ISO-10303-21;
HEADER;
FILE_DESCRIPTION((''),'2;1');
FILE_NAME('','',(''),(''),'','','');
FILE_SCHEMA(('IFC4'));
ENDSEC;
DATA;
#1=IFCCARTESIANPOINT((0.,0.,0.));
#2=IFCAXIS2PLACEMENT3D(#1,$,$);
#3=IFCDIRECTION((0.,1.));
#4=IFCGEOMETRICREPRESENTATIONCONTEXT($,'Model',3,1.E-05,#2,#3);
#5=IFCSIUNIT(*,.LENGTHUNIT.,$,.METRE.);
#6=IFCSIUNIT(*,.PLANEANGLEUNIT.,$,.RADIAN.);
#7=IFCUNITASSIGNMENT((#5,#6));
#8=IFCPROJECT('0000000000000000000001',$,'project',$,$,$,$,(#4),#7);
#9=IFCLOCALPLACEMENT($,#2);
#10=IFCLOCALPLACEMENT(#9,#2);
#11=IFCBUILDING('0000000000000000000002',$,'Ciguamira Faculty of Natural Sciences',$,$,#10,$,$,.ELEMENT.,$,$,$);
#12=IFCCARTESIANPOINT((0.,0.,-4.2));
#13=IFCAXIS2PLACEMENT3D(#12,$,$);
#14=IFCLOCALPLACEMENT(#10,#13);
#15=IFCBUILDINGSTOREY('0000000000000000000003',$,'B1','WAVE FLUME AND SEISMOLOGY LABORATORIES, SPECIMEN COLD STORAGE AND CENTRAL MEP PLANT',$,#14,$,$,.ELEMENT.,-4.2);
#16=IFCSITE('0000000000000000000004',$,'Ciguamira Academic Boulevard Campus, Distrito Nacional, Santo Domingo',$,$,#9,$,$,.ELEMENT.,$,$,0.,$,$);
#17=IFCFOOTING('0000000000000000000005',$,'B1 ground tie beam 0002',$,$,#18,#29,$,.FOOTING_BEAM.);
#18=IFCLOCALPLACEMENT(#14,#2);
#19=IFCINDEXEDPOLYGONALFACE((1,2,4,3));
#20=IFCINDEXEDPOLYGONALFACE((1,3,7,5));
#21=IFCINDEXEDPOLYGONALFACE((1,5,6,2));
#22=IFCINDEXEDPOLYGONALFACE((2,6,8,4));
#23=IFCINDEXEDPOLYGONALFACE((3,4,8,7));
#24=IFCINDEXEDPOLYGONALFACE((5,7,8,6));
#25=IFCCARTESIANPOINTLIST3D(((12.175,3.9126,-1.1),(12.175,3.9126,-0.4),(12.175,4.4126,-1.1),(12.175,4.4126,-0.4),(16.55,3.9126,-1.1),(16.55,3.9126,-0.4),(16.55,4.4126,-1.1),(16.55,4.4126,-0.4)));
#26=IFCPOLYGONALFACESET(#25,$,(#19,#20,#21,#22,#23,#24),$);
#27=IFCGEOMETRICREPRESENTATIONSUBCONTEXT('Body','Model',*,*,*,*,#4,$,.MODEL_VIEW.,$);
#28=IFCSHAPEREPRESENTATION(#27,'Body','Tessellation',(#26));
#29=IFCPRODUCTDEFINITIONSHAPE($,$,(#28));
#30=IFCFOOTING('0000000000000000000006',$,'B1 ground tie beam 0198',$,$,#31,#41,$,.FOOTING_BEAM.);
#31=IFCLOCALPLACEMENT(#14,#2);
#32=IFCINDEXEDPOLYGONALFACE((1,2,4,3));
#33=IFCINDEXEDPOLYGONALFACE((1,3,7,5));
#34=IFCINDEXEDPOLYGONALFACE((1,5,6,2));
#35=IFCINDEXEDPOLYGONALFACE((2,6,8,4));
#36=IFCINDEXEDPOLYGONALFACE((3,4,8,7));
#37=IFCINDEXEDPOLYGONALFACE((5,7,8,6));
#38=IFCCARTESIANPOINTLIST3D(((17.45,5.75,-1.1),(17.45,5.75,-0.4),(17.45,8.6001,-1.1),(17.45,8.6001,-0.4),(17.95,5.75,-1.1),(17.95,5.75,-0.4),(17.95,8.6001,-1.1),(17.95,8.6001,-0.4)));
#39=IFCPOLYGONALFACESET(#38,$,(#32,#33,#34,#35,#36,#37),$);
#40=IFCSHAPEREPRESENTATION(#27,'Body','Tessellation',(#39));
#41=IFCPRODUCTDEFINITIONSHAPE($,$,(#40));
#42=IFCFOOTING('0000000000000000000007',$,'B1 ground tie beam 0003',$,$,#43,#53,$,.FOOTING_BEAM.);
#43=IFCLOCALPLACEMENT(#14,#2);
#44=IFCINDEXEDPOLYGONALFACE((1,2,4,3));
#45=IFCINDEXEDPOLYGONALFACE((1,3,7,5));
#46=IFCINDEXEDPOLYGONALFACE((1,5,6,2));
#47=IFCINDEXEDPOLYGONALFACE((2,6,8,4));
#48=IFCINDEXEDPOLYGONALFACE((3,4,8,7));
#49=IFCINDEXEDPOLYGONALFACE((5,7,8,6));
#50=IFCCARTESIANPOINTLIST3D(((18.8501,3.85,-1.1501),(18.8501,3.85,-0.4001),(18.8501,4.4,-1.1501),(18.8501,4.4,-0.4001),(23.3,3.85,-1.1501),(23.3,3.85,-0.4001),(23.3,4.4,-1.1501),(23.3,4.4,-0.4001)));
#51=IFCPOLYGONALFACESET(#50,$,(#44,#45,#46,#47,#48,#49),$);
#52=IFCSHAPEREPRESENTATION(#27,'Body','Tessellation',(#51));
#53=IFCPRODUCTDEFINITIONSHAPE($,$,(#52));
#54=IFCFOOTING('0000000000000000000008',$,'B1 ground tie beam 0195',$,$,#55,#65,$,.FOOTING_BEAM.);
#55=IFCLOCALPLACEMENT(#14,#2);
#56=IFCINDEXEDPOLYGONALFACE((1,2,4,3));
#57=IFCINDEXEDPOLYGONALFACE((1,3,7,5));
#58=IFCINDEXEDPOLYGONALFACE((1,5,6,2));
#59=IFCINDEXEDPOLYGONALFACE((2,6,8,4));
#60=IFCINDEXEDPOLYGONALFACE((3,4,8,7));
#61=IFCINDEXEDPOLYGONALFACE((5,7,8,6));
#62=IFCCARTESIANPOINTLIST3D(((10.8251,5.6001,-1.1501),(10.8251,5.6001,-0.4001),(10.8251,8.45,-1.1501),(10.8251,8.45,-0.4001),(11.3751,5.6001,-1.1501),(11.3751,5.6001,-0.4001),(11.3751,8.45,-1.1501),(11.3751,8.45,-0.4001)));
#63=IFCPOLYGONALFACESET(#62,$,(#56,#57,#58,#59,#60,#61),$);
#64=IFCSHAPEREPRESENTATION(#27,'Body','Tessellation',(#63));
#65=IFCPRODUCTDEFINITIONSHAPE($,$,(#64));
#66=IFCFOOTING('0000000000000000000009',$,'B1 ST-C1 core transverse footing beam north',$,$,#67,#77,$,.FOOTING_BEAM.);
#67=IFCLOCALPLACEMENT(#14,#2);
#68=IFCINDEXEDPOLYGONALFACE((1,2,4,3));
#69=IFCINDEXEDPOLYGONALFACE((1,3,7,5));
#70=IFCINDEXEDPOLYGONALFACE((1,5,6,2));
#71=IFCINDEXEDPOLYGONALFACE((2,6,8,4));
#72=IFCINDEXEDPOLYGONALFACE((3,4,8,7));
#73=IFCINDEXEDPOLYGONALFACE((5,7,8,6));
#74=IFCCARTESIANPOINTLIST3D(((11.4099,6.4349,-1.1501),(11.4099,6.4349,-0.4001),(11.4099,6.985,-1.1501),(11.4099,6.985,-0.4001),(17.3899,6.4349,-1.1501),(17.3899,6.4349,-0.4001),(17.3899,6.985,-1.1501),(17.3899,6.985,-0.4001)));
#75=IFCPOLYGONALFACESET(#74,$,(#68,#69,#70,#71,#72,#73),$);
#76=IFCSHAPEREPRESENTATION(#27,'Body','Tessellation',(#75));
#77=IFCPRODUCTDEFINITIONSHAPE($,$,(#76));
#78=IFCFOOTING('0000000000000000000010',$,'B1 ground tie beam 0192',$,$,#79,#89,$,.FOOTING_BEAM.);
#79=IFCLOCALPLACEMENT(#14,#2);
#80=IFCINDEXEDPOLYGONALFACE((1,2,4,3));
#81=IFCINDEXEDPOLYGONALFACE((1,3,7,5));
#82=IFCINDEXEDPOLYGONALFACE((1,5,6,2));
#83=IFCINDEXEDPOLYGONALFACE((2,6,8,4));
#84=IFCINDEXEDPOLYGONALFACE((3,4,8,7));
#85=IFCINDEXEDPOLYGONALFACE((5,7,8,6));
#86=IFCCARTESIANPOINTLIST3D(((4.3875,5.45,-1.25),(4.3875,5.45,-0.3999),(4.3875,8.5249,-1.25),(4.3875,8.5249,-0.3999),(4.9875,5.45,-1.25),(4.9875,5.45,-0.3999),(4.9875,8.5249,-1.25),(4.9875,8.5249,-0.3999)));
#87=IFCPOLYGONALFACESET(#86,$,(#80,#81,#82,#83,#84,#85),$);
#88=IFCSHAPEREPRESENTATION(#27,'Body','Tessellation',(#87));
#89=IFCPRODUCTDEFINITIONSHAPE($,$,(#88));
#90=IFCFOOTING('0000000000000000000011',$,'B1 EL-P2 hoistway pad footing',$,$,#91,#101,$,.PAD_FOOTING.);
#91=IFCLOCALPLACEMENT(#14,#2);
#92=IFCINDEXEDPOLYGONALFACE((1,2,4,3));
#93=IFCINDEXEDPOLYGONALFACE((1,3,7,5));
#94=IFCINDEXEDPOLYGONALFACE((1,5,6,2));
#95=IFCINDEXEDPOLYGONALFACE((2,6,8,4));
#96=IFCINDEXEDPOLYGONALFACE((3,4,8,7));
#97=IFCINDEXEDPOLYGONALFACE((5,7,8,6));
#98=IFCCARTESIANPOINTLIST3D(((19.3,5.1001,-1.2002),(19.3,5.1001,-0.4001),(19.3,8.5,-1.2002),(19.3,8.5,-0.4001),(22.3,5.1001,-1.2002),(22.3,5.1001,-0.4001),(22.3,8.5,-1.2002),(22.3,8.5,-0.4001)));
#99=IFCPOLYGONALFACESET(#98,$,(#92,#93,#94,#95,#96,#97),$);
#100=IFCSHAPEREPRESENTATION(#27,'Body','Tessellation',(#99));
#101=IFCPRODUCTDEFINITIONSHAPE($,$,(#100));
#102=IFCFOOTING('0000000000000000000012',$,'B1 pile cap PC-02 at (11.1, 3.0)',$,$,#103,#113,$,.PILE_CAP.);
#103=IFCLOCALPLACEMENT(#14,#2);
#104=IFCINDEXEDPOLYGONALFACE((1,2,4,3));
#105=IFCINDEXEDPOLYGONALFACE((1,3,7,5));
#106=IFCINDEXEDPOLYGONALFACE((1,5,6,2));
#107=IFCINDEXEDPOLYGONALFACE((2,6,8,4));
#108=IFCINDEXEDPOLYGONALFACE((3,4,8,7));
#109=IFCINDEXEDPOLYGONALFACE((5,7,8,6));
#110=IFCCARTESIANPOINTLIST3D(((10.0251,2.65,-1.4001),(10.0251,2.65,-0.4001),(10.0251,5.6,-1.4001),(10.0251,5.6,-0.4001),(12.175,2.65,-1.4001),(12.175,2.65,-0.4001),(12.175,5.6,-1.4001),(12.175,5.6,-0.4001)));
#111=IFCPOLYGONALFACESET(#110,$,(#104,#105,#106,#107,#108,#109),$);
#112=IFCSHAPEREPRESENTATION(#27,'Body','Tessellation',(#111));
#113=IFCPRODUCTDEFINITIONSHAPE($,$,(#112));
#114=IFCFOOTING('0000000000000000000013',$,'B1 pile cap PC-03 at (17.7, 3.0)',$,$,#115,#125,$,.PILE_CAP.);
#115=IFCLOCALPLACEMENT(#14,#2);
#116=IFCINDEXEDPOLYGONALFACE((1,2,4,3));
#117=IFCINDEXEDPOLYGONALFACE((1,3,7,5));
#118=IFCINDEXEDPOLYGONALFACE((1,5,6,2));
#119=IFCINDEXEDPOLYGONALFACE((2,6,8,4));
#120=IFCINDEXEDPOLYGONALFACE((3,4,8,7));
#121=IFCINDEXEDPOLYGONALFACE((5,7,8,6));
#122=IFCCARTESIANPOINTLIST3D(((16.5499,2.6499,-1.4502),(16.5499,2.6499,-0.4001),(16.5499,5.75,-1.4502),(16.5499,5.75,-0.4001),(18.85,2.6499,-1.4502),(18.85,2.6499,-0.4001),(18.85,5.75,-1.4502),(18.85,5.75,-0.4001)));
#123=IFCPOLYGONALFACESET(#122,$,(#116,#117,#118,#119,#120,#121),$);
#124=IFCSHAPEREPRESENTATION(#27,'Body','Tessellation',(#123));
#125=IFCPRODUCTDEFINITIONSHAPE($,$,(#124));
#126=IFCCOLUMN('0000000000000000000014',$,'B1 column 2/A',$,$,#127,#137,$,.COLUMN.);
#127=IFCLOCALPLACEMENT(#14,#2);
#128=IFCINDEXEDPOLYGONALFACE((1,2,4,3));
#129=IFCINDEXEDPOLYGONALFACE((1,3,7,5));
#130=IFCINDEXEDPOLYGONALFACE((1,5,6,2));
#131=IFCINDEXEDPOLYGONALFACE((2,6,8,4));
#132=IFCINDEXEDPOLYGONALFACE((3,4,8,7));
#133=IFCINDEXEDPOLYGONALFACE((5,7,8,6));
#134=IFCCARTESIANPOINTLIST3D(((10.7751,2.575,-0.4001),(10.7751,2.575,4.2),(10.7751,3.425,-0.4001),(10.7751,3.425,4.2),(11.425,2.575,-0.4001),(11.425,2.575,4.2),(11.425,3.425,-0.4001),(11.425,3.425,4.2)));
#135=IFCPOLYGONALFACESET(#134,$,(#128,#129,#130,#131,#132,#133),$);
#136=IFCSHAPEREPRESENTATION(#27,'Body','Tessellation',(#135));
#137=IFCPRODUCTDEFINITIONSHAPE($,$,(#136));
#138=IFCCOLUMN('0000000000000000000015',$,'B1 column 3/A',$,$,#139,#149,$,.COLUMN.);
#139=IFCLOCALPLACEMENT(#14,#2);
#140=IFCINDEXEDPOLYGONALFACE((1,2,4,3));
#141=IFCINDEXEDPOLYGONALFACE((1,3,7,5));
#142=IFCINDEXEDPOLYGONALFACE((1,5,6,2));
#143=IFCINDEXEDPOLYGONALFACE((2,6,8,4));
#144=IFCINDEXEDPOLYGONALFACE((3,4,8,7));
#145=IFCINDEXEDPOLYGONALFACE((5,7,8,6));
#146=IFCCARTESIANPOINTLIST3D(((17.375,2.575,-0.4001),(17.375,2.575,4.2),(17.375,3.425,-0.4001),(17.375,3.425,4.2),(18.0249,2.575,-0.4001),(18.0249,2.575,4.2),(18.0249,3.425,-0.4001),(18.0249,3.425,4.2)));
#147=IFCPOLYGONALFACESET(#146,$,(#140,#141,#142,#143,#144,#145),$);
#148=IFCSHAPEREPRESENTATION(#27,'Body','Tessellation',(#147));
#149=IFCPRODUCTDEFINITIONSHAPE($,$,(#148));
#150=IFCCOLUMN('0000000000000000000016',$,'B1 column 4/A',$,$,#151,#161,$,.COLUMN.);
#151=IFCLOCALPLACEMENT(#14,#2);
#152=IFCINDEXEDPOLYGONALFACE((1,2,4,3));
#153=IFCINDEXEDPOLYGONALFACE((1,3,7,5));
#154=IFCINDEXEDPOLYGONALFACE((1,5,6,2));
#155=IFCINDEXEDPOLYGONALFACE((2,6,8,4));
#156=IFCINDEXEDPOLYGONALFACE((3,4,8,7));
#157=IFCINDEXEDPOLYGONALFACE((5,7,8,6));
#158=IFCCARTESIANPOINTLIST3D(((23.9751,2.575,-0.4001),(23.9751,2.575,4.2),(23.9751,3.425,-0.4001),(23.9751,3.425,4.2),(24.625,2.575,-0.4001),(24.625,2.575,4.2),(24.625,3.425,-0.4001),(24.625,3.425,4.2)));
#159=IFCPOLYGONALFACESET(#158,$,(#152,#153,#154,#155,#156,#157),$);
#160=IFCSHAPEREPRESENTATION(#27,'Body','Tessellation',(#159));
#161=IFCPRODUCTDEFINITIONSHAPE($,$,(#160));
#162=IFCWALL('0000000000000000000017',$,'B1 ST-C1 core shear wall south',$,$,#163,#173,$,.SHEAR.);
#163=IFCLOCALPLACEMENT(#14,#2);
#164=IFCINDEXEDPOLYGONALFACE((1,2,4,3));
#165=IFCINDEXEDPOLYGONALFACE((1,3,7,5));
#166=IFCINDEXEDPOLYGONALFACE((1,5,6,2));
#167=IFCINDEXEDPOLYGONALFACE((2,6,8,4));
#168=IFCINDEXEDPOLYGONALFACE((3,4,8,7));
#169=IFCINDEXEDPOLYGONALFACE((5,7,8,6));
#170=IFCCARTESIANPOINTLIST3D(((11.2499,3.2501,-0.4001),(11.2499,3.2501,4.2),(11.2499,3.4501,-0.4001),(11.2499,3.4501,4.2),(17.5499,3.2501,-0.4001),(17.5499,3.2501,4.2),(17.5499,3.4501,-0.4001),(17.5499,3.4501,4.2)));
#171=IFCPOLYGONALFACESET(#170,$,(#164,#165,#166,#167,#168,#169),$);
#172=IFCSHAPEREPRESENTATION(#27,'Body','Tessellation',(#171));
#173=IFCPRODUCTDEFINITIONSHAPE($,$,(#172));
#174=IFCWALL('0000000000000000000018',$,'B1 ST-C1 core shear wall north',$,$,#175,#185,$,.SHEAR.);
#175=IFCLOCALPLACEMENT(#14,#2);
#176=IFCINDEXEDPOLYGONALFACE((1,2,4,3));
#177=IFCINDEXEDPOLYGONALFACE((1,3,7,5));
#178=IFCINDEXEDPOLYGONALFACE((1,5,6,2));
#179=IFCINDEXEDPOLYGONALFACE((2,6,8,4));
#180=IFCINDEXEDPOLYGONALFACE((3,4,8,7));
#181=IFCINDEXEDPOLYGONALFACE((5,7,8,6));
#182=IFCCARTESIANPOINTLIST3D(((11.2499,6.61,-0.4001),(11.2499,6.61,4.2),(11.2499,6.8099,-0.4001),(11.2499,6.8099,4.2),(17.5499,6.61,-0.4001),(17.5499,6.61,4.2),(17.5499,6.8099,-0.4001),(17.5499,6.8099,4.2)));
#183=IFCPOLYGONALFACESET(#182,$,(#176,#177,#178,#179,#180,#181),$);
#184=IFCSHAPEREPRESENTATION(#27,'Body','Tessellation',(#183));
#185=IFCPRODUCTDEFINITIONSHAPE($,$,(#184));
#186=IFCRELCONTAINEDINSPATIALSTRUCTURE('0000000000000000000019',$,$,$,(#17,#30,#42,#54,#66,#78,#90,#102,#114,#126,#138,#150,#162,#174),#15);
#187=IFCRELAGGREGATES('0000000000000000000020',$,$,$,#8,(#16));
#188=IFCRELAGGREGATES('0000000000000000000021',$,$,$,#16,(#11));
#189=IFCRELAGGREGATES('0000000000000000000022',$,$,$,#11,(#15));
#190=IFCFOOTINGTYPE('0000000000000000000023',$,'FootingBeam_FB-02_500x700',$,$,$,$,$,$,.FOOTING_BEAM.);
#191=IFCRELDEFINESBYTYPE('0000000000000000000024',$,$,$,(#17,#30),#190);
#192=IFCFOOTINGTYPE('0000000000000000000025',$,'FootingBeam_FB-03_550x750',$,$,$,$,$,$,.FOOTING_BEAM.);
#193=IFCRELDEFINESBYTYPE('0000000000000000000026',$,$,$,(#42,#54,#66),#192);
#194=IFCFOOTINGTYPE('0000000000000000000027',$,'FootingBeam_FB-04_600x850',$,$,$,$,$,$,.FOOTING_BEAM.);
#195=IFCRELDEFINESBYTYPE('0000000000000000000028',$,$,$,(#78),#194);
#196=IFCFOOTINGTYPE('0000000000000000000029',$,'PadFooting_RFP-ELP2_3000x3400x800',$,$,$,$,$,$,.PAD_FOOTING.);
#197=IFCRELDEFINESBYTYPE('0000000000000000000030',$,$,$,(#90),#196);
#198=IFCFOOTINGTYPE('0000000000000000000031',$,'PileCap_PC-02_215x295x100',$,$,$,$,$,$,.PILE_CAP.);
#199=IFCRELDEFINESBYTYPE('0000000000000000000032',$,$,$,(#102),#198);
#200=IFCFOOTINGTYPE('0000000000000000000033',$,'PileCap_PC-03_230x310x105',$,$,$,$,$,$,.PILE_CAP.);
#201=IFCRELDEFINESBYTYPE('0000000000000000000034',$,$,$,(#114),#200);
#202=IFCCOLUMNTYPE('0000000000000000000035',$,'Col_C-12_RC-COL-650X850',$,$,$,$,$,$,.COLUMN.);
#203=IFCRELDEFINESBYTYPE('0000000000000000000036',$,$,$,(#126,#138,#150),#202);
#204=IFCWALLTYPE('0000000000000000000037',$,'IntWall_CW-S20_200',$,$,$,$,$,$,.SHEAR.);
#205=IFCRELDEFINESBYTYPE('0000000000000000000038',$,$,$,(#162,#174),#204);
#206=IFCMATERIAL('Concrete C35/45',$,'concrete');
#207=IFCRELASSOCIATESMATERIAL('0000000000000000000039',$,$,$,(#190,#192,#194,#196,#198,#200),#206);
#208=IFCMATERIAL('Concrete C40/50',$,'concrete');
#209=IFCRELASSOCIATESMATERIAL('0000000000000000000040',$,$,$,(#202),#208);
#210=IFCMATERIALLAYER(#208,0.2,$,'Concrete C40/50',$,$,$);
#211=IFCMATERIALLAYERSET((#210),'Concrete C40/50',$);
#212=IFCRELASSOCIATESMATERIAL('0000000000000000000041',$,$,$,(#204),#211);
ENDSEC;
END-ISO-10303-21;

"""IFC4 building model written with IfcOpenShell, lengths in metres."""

from ifc_helpers import new_model, si_unit, direction, frame, frame_2d, origin, origin_2d, place, context, subcontext, project, spatial, rectangle, extrude, material, layer, layer_set, material_profile, profile_set, type_object, element, save


model = new_model("IFC4")

# Units and contexts
model_context = context("Model", 3, precision=1e-05, world=origin(), true_north=direction((0.0, 1.0)))
body_context = subcontext(model_context, "Body", "Model", "MODEL_VIEW")
ifc_project = project(units=[si_unit("LENGTHUNIT", "METRE"), si_unit("PLANEANGLEUNIT", "RADIAN")], contexts=[model_context])

# Site, building, storey
site_placement = place(None, origin())
site = spatial("IfcSite", under=ifc_project, at=site_placement, Name="Ciguamira Academic Boulevard Campus, Distrito Nacional, Santo Domingo", CompositionType="ELEMENT", RefElevation=0.0)
building_placement = place(site_placement, origin())
building = spatial("IfcBuilding", under=site, at=building_placement, Name="Ciguamira Faculty of Natural Sciences", CompositionType="ELEMENT")
storey_placement = place(building_placement, frame((0.0, 0.0, -4.2)))
storey = spatial("IfcBuildingStorey", under=building, at=storey_placement, Name="B1", Description="WAVE FLUME AND SEISMOLOGY LABORATORIES, SPECIMEN COLD STORAGE AND CENTRAL MEP PLANT", CompositionType="ELEMENT", Elevation=-4.2)

# Shared definitions
ifc_material_1 = material(Name="Concrete C35/45", Category="concrete")

# Footings
ifc_material_profile_1 = material_profile(ifc_material_1, rectangle(XDim=0.5, YDim=0.7, at=origin_2d()), Name="RC-FB-500X700")
ifc_profile_set_1 = profile_set([ifc_material_profile_1], Name="Concrete C35/45")
footing_type_1 = type_object("IfcFootingType", Name="FootingBeam_FB-02_500x700", PredefinedType="FOOTING_BEAM", material=ifc_profile_set_1)
footing_1_placement = place(storey_placement, frame((12.175, 4.1626, -0.75), z_axis=(1.0, 0.0, 0.0), x_axis=(0.0, 1.0, 0.0)))
element("IfcFooting", 1, at=footing_1_placement, inside=storey, type_object=footing_type_1, Name="B1 ground tie beam 0002", PredefinedType="FOOTING_BEAM", context=body_context, shape_type="SweptSolid", body=[
    extrude(rectangle(XDim=0.5, YDim=0.7, at=origin_2d()), origin(), (0.0, 0.0, 1.0), 4.375),
])
footing_2_placement = place(storey_placement, frame((17.7, 5.75, -0.75), z_axis=(0.0, 1.0, 0.0), x_axis=(-1.0, 0.0, 0.0)))
element("IfcFooting", 2, at=footing_2_placement, inside=storey, type_object=footing_type_1, Name="B1 ground tie beam 0198", PredefinedType="FOOTING_BEAM", context=body_context, shape_type="SweptSolid", body=[
    extrude(rectangle(XDim=0.5, YDim=0.7, at=origin_2d()), origin(), (0.0, 0.0, 1.0), 2.8501),
])
ifc_material_profile_2 = material_profile(ifc_material_1, rectangle(XDim=0.55, YDim=0.75, at=origin_2d()), Name="RC-FB-550X750")
ifc_profile_set_2 = profile_set([ifc_material_profile_2], Name="Concrete C35/45")
footing_type_2 = type_object("IfcFootingType", Name="FootingBeam_FB-03_550x750", PredefinedType="FOOTING_BEAM", material=ifc_profile_set_2)
footing_3_placement = place(storey_placement, frame((18.8501, 4.125, -0.7751), z_axis=(1.0, 0.0, 0.0), x_axis=(0.0, 1.0, 0.0)))
element("IfcFooting", 3, at=footing_3_placement, inside=storey, type_object=footing_type_2, Name="B1 ground tie beam 0003", PredefinedType="FOOTING_BEAM", context=body_context, shape_type="SweptSolid", body=[
    extrude(rectangle(XDim=0.55, YDim=0.75, at=origin_2d()), origin(), (0.0, 0.0, 1.0), 4.45),
])
footing_4_placement = place(storey_placement, frame((11.1001, 5.6001, -0.7751), z_axis=(0.0, 1.0, 0.0), x_axis=(-1.0, 0.0, 0.0)))
element("IfcFooting", 4, at=footing_4_placement, inside=storey, type_object=footing_type_2, Name="B1 ground tie beam 0195", PredefinedType="FOOTING_BEAM", context=body_context, shape_type="SweptSolid", body=[
    extrude(rectangle(XDim=0.55, YDim=0.75, at=origin_2d()), origin(), (0.0, 0.0, 1.0), 2.8499),
])
footing_5_placement = place(storey_placement, frame((11.4099, 6.71, -0.7751), z_axis=(1.0, 0.0, 0.0), x_axis=(0.0, 1.0, 0.0)))
element("IfcFooting", 5, at=footing_5_placement, inside=storey, type_object=footing_type_2, Name="B1 ST-C1 core transverse footing beam north", PredefinedType="FOOTING_BEAM", context=body_context, shape_type="SweptSolid", body=[
    extrude(rectangle(XDim=0.55, YDim=0.75, at=origin_2d()), origin(), (0.0, 0.0, 1.0), 5.98),
])
ifc_material_profile_3 = material_profile(ifc_material_1, rectangle(XDim=0.6001, YDim=0.8501, at=origin_2d()), Name="RC-FB-600X850")
ifc_profile_set_3 = profile_set([ifc_material_profile_3], Name="Concrete C35/45")
footing_type_3 = type_object("IfcFootingType", Name="FootingBeam_FB-04_600x850", PredefinedType="FOOTING_BEAM", material=ifc_profile_set_3)
footing_6_placement = place(storey_placement, frame((4.6875, 5.45, -0.825), z_axis=(0.0, 1.0, 0.0), x_axis=(-1.0, 0.0, 0.0)))
element("IfcFooting", 6, at=footing_6_placement, inside=storey, type_object=footing_type_3, Name="B1 ground tie beam 0192", PredefinedType="FOOTING_BEAM", context=body_context, shape_type="SweptSolid", body=[
    extrude(rectangle(XDim=0.6001, YDim=0.8501, at=origin_2d()), origin(), (0.0, 0.0, 1.0), 3.075),
])
footing_type_4 = type_object("IfcFootingType", Name="PadFooting_RFP-ELP2_3000x3400x800", PredefinedType="PAD_FOOTING", material=ifc_material_1)
footing_7_placement = place(storey_placement, frame((20.8, 6.8, -1.2002), z_axis=(0.0, 0.0, 1.0), x_axis=(1.0, 0.0, 0.0)))
element("IfcFooting", 7, at=footing_7_placement, inside=storey, type_object=footing_type_4, Name="B1 EL-P2 hoistway pad footing", PredefinedType="PAD_FOOTING", context=body_context, shape_type="SweptSolid", body=[
    extrude(rectangle(XDim=3.0, YDim=3.3999, at=origin_2d()), origin(), (0.0, 0.0, 1.0), 0.8),
])
footing_type_5 = type_object("IfcFootingType", Name="PileCap_PC-02_215x295x100", PredefinedType="PILE_CAP", material=ifc_material_1)
footing_8_placement = place(storey_placement, frame((11.1001, 4.125, -1.4001), z_axis=(0.0, 0.0, 1.0), x_axis=(1.0, 0.0, 0.0)))
element("IfcFooting", 8, at=footing_8_placement, inside=storey, type_object=footing_type_5, Name="B1 pile cap PC-02 at (11.1, 3.0)", PredefinedType="PILE_CAP", context=body_context, shape_type="SweptSolid", body=[
    extrude(rectangle(XDim=2.1499, YDim=2.95, at=origin_2d()), origin(), (0.0, 0.0, 1.0), 1.0),
])
footing_type_6 = type_object("IfcFootingType", Name="PileCap_PC-03_230x310x105", PredefinedType="PILE_CAP", material=ifc_material_1)
footing_9_placement = place(storey_placement, frame((17.7, 4.2, -1.4502), z_axis=(0.0, 0.0, 1.0), x_axis=(1.0, 0.0, 0.0)))
element("IfcFooting", 9, at=footing_9_placement, inside=storey, type_object=footing_type_6, Name="B1 pile cap PC-03 at (17.7, 3.0)", PredefinedType="PILE_CAP", context=body_context, shape_type="SweptSolid", body=[
    extrude(rectangle(XDim=2.3, YDim=3.1001, at=origin_2d()), origin(), (0.0, 0.0, 1.0), 1.05),
])

# Columns
ifc_material_2 = material(Name="Concrete C40/50", Category="concrete")
ifc_material_profile_4 = material_profile(ifc_material_2, rectangle(XDim=0.6499, YDim=0.8501, at=origin_2d()), Name="RC-COL-650X850")
ifc_profile_set_4 = profile_set([ifc_material_profile_4], Name="Concrete C40/50")
column_type = type_object("IfcColumnType", Name="Col_C-12_RC-COL-650X850", PredefinedType="COLUMN", material=ifc_profile_set_4)
for number, where, z_axis, x_axis, name in (
    (10, (11.1001, 3.0, -0.4001), (0.0, 0.0, 1.0), (1.0, 0.0, 0.0), "B1 column 2/A"),
    (11, (17.7, 3.0, -0.4001), (0.0, 0.0, 1.0), (1.0, 0.0, 0.0), "B1 column 3/A"),
    (12, (24.3, 3.0, -0.4001), (0.0, 0.0, 1.0), (1.0, 0.0, 0.0), "B1 column 4/A"),
):
    element("IfcColumn", number, at=place(storey_placement, frame(where, z_axis=z_axis, x_axis=x_axis)), inside=storey, type_object=column_type, Name=name, PredefinedType="COLUMN", context=body_context, shape_type="SweptSolid", body=[
        extrude(rectangle(XDim=0.6499, YDim=0.8501, at=origin_2d()), origin(), (0.0, 0.0, 1.0), 4.6001),
    ])

# Walls
ifc_layer = layer(ifc_material_2, 0.2, Name="Concrete C40/50")
ifc_layer_set = layer_set([ifc_layer], Name="Concrete C40/50")
wall_type = type_object("IfcWallType", Name="IntWall_CW-S20_200", PredefinedType="SHEAR", material=ifc_layer_set)
for number, where, z_axis, x_axis, name in (
    (13, (11.25, 3.3501, -0.4001), (0.0, 0.0, 1.0), (1.0, 0.0, 0.0), "B1 ST-C1 core shear wall south"),
    (14, (11.25, 6.71, -0.4001), (0.0, 0.0, 1.0), (1.0, 0.0, 0.0), "B1 ST-C1 core shear wall north"),
):
    element("IfcWall", number, at=place(storey_placement, frame(where, z_axis=z_axis, x_axis=x_axis)), inside=storey, type_object=wall_type, Name=name, PredefinedType="SHEAR", context=body_context, shape_type="SweptSolid", body=[
        extrude(rectangle(XDim=6.3, YDim=0.2, at=frame_2d((3.1499, 0.0))), origin(), (0.0, 0.0, 1.0), 4.6001),
    ])

save(model, "model.ifc")
